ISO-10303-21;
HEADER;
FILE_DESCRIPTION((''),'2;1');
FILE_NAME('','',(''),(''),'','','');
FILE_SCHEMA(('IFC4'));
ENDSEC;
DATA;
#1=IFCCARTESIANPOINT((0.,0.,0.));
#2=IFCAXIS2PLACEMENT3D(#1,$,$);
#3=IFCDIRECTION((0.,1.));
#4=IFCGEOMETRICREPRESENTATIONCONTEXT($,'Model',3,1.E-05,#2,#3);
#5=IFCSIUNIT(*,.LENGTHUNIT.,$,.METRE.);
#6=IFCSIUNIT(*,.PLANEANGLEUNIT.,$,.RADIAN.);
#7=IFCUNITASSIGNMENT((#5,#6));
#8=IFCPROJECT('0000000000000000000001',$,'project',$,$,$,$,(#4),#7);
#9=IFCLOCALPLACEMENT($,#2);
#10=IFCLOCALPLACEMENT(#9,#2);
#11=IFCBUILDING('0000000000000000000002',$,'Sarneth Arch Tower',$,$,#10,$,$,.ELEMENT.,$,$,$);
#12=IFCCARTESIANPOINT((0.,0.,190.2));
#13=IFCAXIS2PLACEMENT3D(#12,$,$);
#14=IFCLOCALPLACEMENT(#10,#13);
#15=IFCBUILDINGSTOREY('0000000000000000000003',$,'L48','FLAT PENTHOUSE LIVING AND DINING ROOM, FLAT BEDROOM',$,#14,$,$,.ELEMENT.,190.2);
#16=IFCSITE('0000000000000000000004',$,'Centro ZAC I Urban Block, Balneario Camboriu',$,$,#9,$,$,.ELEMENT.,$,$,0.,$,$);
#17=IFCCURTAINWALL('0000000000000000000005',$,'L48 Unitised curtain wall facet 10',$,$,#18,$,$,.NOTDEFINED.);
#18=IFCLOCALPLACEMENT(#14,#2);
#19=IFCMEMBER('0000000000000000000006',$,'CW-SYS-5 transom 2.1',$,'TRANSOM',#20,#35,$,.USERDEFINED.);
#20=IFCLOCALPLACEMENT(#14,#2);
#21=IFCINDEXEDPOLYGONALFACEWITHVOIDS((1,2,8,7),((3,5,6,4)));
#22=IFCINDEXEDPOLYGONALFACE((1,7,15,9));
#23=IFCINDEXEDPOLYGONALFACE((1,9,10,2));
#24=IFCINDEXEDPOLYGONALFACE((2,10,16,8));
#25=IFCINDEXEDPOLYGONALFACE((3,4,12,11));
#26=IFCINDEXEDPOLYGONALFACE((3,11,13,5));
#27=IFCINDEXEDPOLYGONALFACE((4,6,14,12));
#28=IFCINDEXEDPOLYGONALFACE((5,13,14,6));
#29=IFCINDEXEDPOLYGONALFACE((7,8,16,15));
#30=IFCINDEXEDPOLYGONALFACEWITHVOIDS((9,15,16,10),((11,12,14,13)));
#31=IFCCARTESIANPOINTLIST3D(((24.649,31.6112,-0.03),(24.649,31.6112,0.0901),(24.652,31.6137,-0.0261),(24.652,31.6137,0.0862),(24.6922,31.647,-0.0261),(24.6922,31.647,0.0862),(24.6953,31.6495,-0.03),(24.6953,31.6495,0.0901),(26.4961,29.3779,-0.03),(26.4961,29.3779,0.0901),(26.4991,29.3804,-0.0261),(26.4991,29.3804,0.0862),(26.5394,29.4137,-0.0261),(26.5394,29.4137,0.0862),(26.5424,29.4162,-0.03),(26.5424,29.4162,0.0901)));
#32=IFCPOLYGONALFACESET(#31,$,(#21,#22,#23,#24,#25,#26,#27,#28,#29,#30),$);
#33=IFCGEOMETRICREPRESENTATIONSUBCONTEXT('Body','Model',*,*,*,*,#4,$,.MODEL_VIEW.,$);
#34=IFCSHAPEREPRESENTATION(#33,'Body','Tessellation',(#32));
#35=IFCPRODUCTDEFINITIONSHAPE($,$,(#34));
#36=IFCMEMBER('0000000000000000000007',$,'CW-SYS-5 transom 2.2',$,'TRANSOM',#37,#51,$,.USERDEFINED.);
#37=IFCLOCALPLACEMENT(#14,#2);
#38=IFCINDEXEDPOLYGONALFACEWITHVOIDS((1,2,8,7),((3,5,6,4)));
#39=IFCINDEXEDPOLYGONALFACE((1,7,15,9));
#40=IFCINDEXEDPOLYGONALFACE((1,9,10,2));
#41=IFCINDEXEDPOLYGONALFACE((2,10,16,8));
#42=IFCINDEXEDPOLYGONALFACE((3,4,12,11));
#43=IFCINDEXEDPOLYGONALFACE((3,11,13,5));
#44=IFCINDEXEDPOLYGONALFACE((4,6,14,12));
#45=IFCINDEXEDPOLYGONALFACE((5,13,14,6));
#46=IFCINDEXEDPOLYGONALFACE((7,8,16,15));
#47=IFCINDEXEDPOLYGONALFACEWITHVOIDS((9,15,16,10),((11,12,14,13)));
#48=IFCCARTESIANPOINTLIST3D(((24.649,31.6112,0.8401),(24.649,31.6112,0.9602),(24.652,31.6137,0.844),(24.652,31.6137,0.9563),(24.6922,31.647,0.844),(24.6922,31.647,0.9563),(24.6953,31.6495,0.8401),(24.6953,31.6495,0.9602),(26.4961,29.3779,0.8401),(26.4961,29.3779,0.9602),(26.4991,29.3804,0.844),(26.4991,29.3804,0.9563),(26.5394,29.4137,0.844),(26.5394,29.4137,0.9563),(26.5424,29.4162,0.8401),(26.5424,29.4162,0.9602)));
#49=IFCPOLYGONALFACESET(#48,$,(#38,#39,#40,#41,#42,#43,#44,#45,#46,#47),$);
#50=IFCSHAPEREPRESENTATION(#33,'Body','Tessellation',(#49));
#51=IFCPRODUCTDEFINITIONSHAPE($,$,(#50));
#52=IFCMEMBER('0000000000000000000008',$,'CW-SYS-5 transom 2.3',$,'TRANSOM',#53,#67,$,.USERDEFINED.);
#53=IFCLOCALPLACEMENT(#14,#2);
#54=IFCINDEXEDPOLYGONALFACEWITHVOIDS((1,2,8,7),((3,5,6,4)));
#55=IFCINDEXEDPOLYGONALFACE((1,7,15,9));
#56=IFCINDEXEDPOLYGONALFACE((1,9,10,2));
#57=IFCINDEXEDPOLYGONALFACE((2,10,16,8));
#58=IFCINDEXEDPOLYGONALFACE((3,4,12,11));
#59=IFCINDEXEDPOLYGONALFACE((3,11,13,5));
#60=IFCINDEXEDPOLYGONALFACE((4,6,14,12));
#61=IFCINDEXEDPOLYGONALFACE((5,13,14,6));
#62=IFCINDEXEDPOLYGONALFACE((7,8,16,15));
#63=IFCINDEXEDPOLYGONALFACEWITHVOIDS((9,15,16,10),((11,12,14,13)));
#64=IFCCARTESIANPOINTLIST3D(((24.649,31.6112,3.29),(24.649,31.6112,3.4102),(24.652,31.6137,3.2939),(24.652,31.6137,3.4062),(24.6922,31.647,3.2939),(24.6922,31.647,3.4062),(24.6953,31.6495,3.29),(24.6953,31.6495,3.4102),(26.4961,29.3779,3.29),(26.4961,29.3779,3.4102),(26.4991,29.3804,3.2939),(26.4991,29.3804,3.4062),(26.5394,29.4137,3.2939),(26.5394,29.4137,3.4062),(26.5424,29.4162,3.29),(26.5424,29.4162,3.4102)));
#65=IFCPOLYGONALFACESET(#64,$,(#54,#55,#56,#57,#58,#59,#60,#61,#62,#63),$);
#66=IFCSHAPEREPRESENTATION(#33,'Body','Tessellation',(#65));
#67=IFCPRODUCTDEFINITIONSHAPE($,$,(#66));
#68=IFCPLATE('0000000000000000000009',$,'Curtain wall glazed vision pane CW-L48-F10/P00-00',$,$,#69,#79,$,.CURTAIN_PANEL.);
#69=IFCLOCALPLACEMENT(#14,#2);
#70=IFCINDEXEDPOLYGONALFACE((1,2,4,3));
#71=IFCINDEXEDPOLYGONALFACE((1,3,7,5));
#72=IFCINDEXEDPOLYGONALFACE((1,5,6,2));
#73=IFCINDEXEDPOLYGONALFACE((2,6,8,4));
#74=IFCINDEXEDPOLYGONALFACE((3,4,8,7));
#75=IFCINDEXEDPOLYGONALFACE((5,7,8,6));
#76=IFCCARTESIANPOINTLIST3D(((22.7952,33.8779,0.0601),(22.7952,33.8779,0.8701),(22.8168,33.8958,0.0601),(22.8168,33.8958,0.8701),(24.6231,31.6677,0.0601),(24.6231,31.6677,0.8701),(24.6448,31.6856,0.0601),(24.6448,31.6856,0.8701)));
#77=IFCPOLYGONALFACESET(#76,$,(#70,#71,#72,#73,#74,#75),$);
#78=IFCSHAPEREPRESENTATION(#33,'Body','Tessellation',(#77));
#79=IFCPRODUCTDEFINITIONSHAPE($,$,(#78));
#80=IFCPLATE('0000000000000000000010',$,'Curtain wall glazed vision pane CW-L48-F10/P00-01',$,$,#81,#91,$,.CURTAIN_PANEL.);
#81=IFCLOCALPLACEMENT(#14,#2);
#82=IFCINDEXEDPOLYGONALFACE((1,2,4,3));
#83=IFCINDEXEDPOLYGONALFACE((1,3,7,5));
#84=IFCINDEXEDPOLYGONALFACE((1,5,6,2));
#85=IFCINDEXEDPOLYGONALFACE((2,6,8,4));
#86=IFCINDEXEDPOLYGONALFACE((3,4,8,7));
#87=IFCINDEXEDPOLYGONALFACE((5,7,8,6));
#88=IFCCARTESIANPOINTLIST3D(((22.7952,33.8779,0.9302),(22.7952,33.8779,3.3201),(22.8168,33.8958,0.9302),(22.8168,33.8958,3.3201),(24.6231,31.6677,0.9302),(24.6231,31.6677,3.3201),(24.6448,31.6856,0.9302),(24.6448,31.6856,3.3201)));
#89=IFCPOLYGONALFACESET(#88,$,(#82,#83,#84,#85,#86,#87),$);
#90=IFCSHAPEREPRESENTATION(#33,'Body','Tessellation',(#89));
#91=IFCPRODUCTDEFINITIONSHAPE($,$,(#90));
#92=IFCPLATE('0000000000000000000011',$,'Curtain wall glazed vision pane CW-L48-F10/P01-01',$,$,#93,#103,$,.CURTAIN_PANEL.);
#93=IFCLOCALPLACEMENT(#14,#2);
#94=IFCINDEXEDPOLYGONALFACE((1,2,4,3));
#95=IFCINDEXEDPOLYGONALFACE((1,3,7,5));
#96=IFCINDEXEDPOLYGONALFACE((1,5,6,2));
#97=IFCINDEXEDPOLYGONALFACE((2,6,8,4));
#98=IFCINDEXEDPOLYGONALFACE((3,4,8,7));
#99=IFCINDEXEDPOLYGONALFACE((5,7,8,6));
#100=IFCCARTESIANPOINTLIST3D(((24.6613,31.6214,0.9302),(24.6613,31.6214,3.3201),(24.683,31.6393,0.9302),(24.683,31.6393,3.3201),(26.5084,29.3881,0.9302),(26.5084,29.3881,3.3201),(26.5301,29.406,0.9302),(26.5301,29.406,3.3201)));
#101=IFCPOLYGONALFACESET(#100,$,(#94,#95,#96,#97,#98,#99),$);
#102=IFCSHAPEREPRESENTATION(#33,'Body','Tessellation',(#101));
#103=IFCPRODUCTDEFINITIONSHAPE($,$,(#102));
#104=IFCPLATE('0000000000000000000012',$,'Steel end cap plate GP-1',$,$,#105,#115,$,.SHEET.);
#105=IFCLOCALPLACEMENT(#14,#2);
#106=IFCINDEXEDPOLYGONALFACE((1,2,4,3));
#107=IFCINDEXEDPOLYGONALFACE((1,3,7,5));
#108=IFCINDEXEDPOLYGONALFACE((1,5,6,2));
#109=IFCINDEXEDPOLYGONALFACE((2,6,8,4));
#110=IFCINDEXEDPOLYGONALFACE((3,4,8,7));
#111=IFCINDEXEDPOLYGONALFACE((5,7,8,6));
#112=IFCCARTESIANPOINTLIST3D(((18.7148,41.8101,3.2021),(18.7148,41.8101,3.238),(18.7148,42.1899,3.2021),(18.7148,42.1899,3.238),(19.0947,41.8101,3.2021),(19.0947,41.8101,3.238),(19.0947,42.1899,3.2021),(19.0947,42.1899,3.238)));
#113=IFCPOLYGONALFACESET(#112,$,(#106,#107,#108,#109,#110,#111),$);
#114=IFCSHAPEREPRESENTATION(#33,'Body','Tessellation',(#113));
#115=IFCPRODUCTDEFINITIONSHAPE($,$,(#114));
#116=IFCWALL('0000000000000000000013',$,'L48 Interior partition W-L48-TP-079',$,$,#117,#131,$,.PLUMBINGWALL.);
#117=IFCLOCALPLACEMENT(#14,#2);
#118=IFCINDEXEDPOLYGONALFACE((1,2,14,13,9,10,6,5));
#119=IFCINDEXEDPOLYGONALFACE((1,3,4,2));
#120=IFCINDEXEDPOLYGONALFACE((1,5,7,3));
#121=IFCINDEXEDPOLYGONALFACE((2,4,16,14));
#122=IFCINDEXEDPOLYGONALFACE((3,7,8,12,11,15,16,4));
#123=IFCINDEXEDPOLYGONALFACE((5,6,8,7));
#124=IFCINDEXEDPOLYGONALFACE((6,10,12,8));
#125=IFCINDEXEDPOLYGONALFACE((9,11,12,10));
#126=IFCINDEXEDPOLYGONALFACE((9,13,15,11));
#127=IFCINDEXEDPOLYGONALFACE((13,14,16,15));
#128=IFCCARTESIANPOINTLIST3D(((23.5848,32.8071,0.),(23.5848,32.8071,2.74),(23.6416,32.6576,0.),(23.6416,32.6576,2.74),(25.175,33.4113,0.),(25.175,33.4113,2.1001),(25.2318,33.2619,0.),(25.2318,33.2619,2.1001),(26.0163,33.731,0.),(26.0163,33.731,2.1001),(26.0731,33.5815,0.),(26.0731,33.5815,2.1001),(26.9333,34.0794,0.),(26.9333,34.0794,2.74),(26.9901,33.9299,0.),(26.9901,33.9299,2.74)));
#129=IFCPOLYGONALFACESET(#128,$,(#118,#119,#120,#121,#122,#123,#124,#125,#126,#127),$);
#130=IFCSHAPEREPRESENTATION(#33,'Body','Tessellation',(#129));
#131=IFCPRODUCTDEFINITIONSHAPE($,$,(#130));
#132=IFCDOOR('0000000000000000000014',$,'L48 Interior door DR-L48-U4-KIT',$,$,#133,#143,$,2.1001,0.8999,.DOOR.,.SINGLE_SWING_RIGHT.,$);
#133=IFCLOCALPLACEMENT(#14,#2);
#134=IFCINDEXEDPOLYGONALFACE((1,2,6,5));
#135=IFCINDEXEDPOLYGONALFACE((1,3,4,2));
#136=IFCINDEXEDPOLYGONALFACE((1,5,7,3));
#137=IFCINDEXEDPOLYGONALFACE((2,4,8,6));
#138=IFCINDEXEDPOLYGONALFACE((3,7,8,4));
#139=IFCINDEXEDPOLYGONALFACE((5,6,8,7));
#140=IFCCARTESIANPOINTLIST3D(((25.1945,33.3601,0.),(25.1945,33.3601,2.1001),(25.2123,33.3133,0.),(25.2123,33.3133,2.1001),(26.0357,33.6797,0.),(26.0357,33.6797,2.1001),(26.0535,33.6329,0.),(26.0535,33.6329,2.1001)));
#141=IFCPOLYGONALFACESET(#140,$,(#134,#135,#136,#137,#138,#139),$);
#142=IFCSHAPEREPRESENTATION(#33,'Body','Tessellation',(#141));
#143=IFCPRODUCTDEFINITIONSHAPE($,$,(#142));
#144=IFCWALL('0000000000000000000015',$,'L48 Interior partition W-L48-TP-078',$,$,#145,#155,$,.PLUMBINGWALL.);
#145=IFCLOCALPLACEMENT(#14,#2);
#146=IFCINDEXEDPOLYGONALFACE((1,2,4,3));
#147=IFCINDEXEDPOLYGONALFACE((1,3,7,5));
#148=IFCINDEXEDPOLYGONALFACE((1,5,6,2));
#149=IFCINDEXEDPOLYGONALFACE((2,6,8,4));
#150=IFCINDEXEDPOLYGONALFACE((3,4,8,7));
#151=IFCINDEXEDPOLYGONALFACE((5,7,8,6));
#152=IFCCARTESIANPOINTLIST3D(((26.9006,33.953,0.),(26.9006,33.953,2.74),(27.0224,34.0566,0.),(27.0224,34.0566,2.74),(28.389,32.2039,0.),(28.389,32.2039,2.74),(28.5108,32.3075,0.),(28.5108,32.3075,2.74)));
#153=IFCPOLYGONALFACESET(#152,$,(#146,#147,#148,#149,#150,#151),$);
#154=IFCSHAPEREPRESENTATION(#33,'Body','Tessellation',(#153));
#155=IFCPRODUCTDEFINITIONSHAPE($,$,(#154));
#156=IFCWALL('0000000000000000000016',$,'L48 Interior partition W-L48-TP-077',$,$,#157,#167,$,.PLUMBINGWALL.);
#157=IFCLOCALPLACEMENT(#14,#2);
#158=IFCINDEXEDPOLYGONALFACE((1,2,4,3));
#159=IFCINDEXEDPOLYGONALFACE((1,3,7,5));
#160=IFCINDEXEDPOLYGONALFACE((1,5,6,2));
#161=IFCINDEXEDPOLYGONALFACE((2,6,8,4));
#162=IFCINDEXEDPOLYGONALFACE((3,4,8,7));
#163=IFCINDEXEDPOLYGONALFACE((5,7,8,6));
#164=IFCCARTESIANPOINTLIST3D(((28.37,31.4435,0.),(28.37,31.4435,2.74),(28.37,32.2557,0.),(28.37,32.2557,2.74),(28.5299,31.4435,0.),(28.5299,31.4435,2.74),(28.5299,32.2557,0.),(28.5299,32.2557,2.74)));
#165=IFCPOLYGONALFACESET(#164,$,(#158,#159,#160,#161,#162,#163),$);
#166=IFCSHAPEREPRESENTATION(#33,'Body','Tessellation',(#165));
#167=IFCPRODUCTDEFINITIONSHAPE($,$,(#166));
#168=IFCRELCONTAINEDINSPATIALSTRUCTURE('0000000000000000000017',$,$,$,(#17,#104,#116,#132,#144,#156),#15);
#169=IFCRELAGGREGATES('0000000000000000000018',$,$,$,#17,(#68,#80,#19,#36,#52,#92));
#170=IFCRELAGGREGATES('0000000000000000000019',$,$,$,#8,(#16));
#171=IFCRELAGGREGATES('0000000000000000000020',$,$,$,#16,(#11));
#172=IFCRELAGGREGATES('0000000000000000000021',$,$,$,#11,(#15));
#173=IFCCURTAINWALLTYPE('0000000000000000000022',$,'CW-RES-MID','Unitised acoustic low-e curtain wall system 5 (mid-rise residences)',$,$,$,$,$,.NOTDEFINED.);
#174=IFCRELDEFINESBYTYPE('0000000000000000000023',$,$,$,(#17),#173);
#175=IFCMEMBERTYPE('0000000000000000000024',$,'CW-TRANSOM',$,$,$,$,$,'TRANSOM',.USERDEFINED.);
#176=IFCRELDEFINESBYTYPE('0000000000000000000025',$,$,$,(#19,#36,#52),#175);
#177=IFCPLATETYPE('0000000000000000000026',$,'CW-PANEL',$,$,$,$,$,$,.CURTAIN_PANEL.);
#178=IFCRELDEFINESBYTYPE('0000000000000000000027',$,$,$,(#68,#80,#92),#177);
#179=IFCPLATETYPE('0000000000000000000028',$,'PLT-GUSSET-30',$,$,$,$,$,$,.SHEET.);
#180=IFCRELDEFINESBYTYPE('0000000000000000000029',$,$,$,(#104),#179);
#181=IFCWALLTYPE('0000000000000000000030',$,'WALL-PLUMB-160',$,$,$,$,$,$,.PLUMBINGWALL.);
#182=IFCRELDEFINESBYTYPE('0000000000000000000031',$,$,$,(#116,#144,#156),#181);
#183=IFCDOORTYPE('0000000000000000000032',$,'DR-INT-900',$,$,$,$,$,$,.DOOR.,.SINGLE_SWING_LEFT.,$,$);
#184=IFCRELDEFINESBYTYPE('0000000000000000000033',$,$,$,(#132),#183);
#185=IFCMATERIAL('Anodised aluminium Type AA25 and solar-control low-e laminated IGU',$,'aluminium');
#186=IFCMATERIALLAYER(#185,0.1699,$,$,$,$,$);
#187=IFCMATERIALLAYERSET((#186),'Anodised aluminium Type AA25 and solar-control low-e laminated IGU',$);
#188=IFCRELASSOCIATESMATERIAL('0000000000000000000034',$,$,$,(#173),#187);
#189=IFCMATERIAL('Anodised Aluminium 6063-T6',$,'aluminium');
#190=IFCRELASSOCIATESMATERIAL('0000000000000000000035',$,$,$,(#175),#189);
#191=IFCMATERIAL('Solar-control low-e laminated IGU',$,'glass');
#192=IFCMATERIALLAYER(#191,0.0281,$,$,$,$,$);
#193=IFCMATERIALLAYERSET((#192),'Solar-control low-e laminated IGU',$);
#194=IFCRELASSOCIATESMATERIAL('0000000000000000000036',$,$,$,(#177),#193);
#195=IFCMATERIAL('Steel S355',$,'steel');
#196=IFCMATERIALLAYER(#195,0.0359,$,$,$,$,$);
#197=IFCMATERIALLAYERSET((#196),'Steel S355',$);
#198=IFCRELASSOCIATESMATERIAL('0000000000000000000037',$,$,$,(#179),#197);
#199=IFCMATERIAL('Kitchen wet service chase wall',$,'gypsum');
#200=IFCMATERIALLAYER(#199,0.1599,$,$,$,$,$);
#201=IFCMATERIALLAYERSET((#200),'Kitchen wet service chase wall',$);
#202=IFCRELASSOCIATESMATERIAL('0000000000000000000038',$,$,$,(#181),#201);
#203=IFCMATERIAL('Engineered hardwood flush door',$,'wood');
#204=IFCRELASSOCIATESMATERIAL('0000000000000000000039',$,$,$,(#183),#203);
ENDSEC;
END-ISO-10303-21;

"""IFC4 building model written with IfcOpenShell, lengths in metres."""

from ifc_helpers import new_model, si_unit, direction, frame, frame_2d, origin, origin_2d, place, context, subcontext, project, spatial, rectangle, hollow_rectangle, extrude, material, layer, layer_set, material_profile, profile_set, type_object, element, fill, aggregate, save


model = new_model("IFC4")

# Units and contexts
model_context = context("Model", 3, precision=1e-05, world=origin(), true_north=direction((0.0, 1.0)))
body_context = subcontext(model_context, "Body", "Model", "MODEL_VIEW")
ifc_project = project(units=[si_unit("LENGTHUNIT", "METRE"), si_unit("PLANEANGLEUNIT", "RADIAN")], contexts=[model_context])

# Site, building, storey
site_placement = place(None, origin())
site = spatial("IfcSite", under=ifc_project, at=site_placement, Name="Centro ZAC I Urban Block, Balneario Camboriu", CompositionType="ELEMENT", RefElevation=0.0)
building_placement = place(site_placement, origin())
building = spatial("IfcBuilding", under=site, at=building_placement, Name="Sarneth Arch Tower", CompositionType="ELEMENT")
storey_placement = place(building_placement, frame((0.0, 0.0, 190.2)))
storey = spatial("IfcBuildingStorey", under=building, at=storey_placement, Name="L48", Description="FLAT PENTHOUSE LIVING AND DINING ROOM, FLAT BEDROOM", CompositionType="ELEMENT", Elevation=190.2)

# Curtain wall, members, plates
ifc_material_1 = material(Name="Anodised aluminium Type AA25 and solar-control low-e laminated IGU", Category="aluminium")
ifc_layer_1 = layer(ifc_material_1, 0.1699)
ifc_layer_set_1 = layer_set([ifc_layer_1], Name="Anodised aluminium Type AA25 and solar-control low-e laminated IGU")
curtain_wall_type = type_object("IfcCurtainWallType", Name="CW-RES-MID", Description="Unitised acoustic low-e curtain wall system 5 (mid-rise residences)", PredefinedType="NOTDEFINED", material=ifc_layer_set_1)
curtain_wall_placement = place(storey_placement, origin())
curtain_wall = element("IfcCurtainWall", 1, at=curtain_wall_placement, inside=storey, type_object=curtain_wall_type, Name="L48 Unitised curtain wall facet 10", PredefinedType="NOTDEFINED")
ifc_material_2 = material(Name="Anodised Aluminium 6063-T6", Category="aluminium")
ifc_material_profile_1 = material_profile(ifc_material_2, hollow_rectangle(XDim=0.0601, YDim=0.1201, WallThickness=0.0039, at=origin_2d()), Name="AL-TRAN-120x60x4")
ifc_profile_set_1 = profile_set([ifc_material_profile_1], Name="Anodised Aluminium 6063-T6")
member_type_1 = type_object("IfcMemberType", Name="CW-TRANSOM", ElementType="TRANSOM", PredefinedType="USERDEFINED", material=ifc_profile_set_1)
member_1_placement = place(storey_placement, frame((24.6721, 31.6304, 0.03), z_axis=(0.63733, -0.770591, 0.0), x_axis=(0.770591, 0.63733, 0.0)))
member_1 = element("IfcMember", 2, at=member_1_placement, type_object=member_type_1, Name="CW-SYS-5 transom 2.1", ObjectType="TRANSOM", PredefinedType="USERDEFINED", context=body_context, shape_type="SweptSolid", body=[
    extrude(hollow_rectangle(XDim=0.0601, YDim=0.1201, WallThickness=0.0039, at=origin_2d()), origin(), (0.0, 0.0, 1.0), 2.8982),
])
member_2_placement = place(storey_placement, frame((24.6721, 31.6304, 0.9001), z_axis=(0.63733, -0.770591, 0.0), x_axis=(0.770591, 0.63733, 0.0)))
member_2 = element("IfcMember", 3, at=member_2_placement, type_object=member_type_1, Name="CW-SYS-5 transom 2.2", ObjectType="TRANSOM", PredefinedType="USERDEFINED", context=body_context, shape_type="SweptSolid", body=[
    extrude(hollow_rectangle(XDim=0.0601, YDim=0.1201, WallThickness=0.0039, at=origin_2d()), origin(), (0.0, 0.0, 1.0), 2.8982),
])
member_3_placement = place(storey_placement, frame((24.6721, 31.6304, 3.3501), z_axis=(0.63733, -0.770591, 0.0), x_axis=(0.770591, 0.63733, 0.0)))
member_3 = element("IfcMember", 4, at=member_3_placement, type_object=member_type_1, Name="CW-SYS-5 transom 2.3", ObjectType="TRANSOM", PredefinedType="USERDEFINED", context=body_context, shape_type="SweptSolid", body=[
    extrude(hollow_rectangle(XDim=0.0601, YDim=0.1201, WallThickness=0.0039, at=origin_2d()), origin(), (0.0, 0.0, 1.0), 2.8982),
])
ifc_material_3 = material(Name="Solar-control low-e laminated IGU", Category="glass")
ifc_layer_2 = layer(ifc_material_3, 0.0281)
ifc_layer_set_2 = layer_set([ifc_layer_2], Name="Solar-control low-e laminated IGU")
plate_type_1 = type_object("IfcPlateType", Name="CW-PANEL", PredefinedType="CURTAIN_PANEL", material=ifc_layer_set_2)
plate_1_placement = place(storey_placement, frame((23.72, 32.7817, 0.0601), z_axis=(0.0, 0.0, 1.0), x_axis=(0.63733, -0.770591, 0.0)))
plate_1 = element("IfcPlate", 5, at=plate_1_placement, type_object=plate_type_1, Name="Curtain wall glazed vision pane CW-L48-F10/P00-00", PredefinedType="CURTAIN_PANEL", context=body_context, shape_type="SweptSolid", body=[
    extrude(rectangle(XDim=2.8682, YDim=0.0281, at=origin_2d()), origin(), (0.0, 0.0, 1.0), 0.8101),
])
plate_2_placement = place(storey_placement, frame((23.72, 32.7817, 0.9302), z_axis=(0.0, 0.0, 1.0), x_axis=(0.63733, -0.770591, 0.0)))
plate_2 = element("IfcPlate", 6, at=plate_2_placement, type_object=plate_type_1, Name="Curtain wall glazed vision pane CW-L48-F10/P00-01", PredefinedType="CURTAIN_PANEL", context=body_context, shape_type="SweptSolid", body=[
    extrude(rectangle(XDim=2.8682, YDim=0.0281, at=origin_2d()), origin(), (0.0, 0.0, 1.0), 2.3899),
])
plate_3_placement = place(storey_placement, frame((25.5957, 30.5137, 0.9302), z_axis=(0.0, 0.0, 1.0), x_axis=(0.63733, -0.770591, 0.0)))
plate_3 = element("IfcPlate", 7, at=plate_3_placement, type_object=plate_type_1, Name="Curtain wall glazed vision pane CW-L48-F10/P01-01", PredefinedType="CURTAIN_PANEL", context=body_context, shape_type="SweptSolid", body=[
    extrude(rectangle(XDim=2.8982, YDim=0.0281, at=origin_2d()), origin(), (0.0, 0.0, 1.0), 2.3899),
])
aggregate(curtain_wall, [plate_1, plate_2, member_1, member_2, member_3, plate_3])

# Plate
ifc_material_4 = material(Name="Steel S355", Category="steel")
ifc_layer_3 = layer(ifc_material_4, 0.0359)
ifc_layer_set_3 = layer_set([ifc_layer_3], Name="Steel S355")
plate_type_2 = type_object("IfcPlateType", Name="PLT-GUSSET-30", PredefinedType="SHEET", material=ifc_layer_set_3)
plate_4_placement = place(storey_placement, frame((18.9048, 42.0, 3.2021), z_axis=(0.0, 0.0, 1.0), x_axis=(-1.0, 0.0, 0.0)))
element("IfcPlate", 8, at=plate_4_placement, inside=storey, type_object=plate_type_2, Name="Steel end cap plate GP-1", PredefinedType="SHEET", context=body_context, shape_type="SweptSolid", body=[
    extrude(rectangle(XDim=0.3799, YDim=0.3799, at=origin_2d()), origin(), (0.0, 0.0, 1.0), 0.0359),
])

# Wall, opening, door
ifc_material_5 = material(Name="Kitchen wet service chase wall", Category="gypsum")
ifc_layer_4 = layer(ifc_material_5, 0.1599)
ifc_layer_set_4 = layer_set([ifc_layer_4], Name="Kitchen wet service chase wall")
wall_type_1 = type_object("IfcWallType", Name="WALL-PLUMB-160", PredefinedType="PLUMBINGWALL", material=ifc_layer_set_4)
wall_1_placement = place(storey_placement, frame((26.9617, 34.0046, 0.0), z_axis=(0.0, 0.0, 1.0), x_axis=(-0.934799, -0.355176, 0.0)))
wall_1 = element("IfcWall", 9, at=wall_1_placement, inside=storey, type_object=wall_type_1, Name="L48 Interior partition W-L48-TP-079", PredefinedType="PLUMBINGWALL", context=body_context, shape_type="SweptSolid", body=[
    extrude(rectangle(XDim=3.582, YDim=0.1599, at=frame_2d((1.791, 0.0))), origin(), (0.0, 0.0, 1.0), 2.74),
])
opening_1_placement = place(wall_1_placement, frame((0.981, 0.0, 0.0)))
opening_1 = element("IfcOpeningElement", 10, at=opening_1_placement, cuts=wall_1, PredefinedType="OPENING", context=body_context, shape_type="SweptSolid", body=[
    extrude(rectangle(XDim=0.8999, YDim=2.1001, at=frame_2d((0.45, 1.05))), frame((0.0, 0.0898, 0.0), z_axis=(0.0, -1.0, 0.0), x_axis=(1.0, 0.0, 0.0)), (0.0, 0.0, 1.0), 0.1799),
])
ifc_material_6 = material(Name="Engineered hardwood flush door", Category="wood")
door_type_1 = type_object("IfcDoorType", Name="DR-INT-900", OperationType="SINGLE_SWING_LEFT", PredefinedType="DOOR", material=ifc_material_6)
door_1_placement = place(opening_1_placement, origin())
door_1 = element("IfcDoor", 11, at=door_1_placement, inside=storey, type_object=door_type_1, Name="L48 Interior door DR-L48-U4-KIT", OperationType="SINGLE_SWING_RIGHT", OverallHeight=2.1001, OverallWidth=0.8999, PredefinedType="DOOR", context=body_context, shape_type="SweptSolid", body=[
    extrude(rectangle(XDim=0.8999, YDim=2.1001, at=frame_2d((0.45, 1.05))), frame((0.0, 0.0249, 0.0), z_axis=(0.0, -1.0, 0.0), x_axis=(1.0, 0.0, 0.0)), (0.0, 0.0, 1.0), 0.05),
])
fill(opening_1, door_1)

# Walls
wall_2_placement = place(storey_placement, frame((28.45, 32.2556, 0.0), z_axis=(0.0, 0.0, 1.0), x_axis=(-0.648056, 0.761593, 0.0)))
element("IfcWall", 12, at=wall_2_placement, inside=storey, type_object=wall_type_1, Name="L48 Interior partition W-L48-TP-078", PredefinedType="PLUMBINGWALL", context=body_context, shape_type="SweptSolid", body=[
    extrude(rectangle(XDim=2.2966, YDim=0.1599, at=frame_2d((1.1484, 0.0))), origin(), (0.0, 0.0, 1.0), 2.74),
])
wall_3_placement = place(storey_placement, frame((28.45, 31.4434, 0.0), z_axis=(0.0, 0.0, 1.0), x_axis=(0.0, 1.0, 0.0)))
element("IfcWall", 13, at=wall_3_placement, inside=storey, type_object=wall_type_1, Name="L48 Interior partition W-L48-TP-077", PredefinedType="PLUMBINGWALL", context=body_context, shape_type="SweptSolid", body=[
    extrude(rectangle(XDim=0.8123, YDim=0.1599, at=frame_2d((0.4062, 0.0))), origin(), (0.0, 0.0, 1.0), 2.74),
])

save(model, "model.ifc")
